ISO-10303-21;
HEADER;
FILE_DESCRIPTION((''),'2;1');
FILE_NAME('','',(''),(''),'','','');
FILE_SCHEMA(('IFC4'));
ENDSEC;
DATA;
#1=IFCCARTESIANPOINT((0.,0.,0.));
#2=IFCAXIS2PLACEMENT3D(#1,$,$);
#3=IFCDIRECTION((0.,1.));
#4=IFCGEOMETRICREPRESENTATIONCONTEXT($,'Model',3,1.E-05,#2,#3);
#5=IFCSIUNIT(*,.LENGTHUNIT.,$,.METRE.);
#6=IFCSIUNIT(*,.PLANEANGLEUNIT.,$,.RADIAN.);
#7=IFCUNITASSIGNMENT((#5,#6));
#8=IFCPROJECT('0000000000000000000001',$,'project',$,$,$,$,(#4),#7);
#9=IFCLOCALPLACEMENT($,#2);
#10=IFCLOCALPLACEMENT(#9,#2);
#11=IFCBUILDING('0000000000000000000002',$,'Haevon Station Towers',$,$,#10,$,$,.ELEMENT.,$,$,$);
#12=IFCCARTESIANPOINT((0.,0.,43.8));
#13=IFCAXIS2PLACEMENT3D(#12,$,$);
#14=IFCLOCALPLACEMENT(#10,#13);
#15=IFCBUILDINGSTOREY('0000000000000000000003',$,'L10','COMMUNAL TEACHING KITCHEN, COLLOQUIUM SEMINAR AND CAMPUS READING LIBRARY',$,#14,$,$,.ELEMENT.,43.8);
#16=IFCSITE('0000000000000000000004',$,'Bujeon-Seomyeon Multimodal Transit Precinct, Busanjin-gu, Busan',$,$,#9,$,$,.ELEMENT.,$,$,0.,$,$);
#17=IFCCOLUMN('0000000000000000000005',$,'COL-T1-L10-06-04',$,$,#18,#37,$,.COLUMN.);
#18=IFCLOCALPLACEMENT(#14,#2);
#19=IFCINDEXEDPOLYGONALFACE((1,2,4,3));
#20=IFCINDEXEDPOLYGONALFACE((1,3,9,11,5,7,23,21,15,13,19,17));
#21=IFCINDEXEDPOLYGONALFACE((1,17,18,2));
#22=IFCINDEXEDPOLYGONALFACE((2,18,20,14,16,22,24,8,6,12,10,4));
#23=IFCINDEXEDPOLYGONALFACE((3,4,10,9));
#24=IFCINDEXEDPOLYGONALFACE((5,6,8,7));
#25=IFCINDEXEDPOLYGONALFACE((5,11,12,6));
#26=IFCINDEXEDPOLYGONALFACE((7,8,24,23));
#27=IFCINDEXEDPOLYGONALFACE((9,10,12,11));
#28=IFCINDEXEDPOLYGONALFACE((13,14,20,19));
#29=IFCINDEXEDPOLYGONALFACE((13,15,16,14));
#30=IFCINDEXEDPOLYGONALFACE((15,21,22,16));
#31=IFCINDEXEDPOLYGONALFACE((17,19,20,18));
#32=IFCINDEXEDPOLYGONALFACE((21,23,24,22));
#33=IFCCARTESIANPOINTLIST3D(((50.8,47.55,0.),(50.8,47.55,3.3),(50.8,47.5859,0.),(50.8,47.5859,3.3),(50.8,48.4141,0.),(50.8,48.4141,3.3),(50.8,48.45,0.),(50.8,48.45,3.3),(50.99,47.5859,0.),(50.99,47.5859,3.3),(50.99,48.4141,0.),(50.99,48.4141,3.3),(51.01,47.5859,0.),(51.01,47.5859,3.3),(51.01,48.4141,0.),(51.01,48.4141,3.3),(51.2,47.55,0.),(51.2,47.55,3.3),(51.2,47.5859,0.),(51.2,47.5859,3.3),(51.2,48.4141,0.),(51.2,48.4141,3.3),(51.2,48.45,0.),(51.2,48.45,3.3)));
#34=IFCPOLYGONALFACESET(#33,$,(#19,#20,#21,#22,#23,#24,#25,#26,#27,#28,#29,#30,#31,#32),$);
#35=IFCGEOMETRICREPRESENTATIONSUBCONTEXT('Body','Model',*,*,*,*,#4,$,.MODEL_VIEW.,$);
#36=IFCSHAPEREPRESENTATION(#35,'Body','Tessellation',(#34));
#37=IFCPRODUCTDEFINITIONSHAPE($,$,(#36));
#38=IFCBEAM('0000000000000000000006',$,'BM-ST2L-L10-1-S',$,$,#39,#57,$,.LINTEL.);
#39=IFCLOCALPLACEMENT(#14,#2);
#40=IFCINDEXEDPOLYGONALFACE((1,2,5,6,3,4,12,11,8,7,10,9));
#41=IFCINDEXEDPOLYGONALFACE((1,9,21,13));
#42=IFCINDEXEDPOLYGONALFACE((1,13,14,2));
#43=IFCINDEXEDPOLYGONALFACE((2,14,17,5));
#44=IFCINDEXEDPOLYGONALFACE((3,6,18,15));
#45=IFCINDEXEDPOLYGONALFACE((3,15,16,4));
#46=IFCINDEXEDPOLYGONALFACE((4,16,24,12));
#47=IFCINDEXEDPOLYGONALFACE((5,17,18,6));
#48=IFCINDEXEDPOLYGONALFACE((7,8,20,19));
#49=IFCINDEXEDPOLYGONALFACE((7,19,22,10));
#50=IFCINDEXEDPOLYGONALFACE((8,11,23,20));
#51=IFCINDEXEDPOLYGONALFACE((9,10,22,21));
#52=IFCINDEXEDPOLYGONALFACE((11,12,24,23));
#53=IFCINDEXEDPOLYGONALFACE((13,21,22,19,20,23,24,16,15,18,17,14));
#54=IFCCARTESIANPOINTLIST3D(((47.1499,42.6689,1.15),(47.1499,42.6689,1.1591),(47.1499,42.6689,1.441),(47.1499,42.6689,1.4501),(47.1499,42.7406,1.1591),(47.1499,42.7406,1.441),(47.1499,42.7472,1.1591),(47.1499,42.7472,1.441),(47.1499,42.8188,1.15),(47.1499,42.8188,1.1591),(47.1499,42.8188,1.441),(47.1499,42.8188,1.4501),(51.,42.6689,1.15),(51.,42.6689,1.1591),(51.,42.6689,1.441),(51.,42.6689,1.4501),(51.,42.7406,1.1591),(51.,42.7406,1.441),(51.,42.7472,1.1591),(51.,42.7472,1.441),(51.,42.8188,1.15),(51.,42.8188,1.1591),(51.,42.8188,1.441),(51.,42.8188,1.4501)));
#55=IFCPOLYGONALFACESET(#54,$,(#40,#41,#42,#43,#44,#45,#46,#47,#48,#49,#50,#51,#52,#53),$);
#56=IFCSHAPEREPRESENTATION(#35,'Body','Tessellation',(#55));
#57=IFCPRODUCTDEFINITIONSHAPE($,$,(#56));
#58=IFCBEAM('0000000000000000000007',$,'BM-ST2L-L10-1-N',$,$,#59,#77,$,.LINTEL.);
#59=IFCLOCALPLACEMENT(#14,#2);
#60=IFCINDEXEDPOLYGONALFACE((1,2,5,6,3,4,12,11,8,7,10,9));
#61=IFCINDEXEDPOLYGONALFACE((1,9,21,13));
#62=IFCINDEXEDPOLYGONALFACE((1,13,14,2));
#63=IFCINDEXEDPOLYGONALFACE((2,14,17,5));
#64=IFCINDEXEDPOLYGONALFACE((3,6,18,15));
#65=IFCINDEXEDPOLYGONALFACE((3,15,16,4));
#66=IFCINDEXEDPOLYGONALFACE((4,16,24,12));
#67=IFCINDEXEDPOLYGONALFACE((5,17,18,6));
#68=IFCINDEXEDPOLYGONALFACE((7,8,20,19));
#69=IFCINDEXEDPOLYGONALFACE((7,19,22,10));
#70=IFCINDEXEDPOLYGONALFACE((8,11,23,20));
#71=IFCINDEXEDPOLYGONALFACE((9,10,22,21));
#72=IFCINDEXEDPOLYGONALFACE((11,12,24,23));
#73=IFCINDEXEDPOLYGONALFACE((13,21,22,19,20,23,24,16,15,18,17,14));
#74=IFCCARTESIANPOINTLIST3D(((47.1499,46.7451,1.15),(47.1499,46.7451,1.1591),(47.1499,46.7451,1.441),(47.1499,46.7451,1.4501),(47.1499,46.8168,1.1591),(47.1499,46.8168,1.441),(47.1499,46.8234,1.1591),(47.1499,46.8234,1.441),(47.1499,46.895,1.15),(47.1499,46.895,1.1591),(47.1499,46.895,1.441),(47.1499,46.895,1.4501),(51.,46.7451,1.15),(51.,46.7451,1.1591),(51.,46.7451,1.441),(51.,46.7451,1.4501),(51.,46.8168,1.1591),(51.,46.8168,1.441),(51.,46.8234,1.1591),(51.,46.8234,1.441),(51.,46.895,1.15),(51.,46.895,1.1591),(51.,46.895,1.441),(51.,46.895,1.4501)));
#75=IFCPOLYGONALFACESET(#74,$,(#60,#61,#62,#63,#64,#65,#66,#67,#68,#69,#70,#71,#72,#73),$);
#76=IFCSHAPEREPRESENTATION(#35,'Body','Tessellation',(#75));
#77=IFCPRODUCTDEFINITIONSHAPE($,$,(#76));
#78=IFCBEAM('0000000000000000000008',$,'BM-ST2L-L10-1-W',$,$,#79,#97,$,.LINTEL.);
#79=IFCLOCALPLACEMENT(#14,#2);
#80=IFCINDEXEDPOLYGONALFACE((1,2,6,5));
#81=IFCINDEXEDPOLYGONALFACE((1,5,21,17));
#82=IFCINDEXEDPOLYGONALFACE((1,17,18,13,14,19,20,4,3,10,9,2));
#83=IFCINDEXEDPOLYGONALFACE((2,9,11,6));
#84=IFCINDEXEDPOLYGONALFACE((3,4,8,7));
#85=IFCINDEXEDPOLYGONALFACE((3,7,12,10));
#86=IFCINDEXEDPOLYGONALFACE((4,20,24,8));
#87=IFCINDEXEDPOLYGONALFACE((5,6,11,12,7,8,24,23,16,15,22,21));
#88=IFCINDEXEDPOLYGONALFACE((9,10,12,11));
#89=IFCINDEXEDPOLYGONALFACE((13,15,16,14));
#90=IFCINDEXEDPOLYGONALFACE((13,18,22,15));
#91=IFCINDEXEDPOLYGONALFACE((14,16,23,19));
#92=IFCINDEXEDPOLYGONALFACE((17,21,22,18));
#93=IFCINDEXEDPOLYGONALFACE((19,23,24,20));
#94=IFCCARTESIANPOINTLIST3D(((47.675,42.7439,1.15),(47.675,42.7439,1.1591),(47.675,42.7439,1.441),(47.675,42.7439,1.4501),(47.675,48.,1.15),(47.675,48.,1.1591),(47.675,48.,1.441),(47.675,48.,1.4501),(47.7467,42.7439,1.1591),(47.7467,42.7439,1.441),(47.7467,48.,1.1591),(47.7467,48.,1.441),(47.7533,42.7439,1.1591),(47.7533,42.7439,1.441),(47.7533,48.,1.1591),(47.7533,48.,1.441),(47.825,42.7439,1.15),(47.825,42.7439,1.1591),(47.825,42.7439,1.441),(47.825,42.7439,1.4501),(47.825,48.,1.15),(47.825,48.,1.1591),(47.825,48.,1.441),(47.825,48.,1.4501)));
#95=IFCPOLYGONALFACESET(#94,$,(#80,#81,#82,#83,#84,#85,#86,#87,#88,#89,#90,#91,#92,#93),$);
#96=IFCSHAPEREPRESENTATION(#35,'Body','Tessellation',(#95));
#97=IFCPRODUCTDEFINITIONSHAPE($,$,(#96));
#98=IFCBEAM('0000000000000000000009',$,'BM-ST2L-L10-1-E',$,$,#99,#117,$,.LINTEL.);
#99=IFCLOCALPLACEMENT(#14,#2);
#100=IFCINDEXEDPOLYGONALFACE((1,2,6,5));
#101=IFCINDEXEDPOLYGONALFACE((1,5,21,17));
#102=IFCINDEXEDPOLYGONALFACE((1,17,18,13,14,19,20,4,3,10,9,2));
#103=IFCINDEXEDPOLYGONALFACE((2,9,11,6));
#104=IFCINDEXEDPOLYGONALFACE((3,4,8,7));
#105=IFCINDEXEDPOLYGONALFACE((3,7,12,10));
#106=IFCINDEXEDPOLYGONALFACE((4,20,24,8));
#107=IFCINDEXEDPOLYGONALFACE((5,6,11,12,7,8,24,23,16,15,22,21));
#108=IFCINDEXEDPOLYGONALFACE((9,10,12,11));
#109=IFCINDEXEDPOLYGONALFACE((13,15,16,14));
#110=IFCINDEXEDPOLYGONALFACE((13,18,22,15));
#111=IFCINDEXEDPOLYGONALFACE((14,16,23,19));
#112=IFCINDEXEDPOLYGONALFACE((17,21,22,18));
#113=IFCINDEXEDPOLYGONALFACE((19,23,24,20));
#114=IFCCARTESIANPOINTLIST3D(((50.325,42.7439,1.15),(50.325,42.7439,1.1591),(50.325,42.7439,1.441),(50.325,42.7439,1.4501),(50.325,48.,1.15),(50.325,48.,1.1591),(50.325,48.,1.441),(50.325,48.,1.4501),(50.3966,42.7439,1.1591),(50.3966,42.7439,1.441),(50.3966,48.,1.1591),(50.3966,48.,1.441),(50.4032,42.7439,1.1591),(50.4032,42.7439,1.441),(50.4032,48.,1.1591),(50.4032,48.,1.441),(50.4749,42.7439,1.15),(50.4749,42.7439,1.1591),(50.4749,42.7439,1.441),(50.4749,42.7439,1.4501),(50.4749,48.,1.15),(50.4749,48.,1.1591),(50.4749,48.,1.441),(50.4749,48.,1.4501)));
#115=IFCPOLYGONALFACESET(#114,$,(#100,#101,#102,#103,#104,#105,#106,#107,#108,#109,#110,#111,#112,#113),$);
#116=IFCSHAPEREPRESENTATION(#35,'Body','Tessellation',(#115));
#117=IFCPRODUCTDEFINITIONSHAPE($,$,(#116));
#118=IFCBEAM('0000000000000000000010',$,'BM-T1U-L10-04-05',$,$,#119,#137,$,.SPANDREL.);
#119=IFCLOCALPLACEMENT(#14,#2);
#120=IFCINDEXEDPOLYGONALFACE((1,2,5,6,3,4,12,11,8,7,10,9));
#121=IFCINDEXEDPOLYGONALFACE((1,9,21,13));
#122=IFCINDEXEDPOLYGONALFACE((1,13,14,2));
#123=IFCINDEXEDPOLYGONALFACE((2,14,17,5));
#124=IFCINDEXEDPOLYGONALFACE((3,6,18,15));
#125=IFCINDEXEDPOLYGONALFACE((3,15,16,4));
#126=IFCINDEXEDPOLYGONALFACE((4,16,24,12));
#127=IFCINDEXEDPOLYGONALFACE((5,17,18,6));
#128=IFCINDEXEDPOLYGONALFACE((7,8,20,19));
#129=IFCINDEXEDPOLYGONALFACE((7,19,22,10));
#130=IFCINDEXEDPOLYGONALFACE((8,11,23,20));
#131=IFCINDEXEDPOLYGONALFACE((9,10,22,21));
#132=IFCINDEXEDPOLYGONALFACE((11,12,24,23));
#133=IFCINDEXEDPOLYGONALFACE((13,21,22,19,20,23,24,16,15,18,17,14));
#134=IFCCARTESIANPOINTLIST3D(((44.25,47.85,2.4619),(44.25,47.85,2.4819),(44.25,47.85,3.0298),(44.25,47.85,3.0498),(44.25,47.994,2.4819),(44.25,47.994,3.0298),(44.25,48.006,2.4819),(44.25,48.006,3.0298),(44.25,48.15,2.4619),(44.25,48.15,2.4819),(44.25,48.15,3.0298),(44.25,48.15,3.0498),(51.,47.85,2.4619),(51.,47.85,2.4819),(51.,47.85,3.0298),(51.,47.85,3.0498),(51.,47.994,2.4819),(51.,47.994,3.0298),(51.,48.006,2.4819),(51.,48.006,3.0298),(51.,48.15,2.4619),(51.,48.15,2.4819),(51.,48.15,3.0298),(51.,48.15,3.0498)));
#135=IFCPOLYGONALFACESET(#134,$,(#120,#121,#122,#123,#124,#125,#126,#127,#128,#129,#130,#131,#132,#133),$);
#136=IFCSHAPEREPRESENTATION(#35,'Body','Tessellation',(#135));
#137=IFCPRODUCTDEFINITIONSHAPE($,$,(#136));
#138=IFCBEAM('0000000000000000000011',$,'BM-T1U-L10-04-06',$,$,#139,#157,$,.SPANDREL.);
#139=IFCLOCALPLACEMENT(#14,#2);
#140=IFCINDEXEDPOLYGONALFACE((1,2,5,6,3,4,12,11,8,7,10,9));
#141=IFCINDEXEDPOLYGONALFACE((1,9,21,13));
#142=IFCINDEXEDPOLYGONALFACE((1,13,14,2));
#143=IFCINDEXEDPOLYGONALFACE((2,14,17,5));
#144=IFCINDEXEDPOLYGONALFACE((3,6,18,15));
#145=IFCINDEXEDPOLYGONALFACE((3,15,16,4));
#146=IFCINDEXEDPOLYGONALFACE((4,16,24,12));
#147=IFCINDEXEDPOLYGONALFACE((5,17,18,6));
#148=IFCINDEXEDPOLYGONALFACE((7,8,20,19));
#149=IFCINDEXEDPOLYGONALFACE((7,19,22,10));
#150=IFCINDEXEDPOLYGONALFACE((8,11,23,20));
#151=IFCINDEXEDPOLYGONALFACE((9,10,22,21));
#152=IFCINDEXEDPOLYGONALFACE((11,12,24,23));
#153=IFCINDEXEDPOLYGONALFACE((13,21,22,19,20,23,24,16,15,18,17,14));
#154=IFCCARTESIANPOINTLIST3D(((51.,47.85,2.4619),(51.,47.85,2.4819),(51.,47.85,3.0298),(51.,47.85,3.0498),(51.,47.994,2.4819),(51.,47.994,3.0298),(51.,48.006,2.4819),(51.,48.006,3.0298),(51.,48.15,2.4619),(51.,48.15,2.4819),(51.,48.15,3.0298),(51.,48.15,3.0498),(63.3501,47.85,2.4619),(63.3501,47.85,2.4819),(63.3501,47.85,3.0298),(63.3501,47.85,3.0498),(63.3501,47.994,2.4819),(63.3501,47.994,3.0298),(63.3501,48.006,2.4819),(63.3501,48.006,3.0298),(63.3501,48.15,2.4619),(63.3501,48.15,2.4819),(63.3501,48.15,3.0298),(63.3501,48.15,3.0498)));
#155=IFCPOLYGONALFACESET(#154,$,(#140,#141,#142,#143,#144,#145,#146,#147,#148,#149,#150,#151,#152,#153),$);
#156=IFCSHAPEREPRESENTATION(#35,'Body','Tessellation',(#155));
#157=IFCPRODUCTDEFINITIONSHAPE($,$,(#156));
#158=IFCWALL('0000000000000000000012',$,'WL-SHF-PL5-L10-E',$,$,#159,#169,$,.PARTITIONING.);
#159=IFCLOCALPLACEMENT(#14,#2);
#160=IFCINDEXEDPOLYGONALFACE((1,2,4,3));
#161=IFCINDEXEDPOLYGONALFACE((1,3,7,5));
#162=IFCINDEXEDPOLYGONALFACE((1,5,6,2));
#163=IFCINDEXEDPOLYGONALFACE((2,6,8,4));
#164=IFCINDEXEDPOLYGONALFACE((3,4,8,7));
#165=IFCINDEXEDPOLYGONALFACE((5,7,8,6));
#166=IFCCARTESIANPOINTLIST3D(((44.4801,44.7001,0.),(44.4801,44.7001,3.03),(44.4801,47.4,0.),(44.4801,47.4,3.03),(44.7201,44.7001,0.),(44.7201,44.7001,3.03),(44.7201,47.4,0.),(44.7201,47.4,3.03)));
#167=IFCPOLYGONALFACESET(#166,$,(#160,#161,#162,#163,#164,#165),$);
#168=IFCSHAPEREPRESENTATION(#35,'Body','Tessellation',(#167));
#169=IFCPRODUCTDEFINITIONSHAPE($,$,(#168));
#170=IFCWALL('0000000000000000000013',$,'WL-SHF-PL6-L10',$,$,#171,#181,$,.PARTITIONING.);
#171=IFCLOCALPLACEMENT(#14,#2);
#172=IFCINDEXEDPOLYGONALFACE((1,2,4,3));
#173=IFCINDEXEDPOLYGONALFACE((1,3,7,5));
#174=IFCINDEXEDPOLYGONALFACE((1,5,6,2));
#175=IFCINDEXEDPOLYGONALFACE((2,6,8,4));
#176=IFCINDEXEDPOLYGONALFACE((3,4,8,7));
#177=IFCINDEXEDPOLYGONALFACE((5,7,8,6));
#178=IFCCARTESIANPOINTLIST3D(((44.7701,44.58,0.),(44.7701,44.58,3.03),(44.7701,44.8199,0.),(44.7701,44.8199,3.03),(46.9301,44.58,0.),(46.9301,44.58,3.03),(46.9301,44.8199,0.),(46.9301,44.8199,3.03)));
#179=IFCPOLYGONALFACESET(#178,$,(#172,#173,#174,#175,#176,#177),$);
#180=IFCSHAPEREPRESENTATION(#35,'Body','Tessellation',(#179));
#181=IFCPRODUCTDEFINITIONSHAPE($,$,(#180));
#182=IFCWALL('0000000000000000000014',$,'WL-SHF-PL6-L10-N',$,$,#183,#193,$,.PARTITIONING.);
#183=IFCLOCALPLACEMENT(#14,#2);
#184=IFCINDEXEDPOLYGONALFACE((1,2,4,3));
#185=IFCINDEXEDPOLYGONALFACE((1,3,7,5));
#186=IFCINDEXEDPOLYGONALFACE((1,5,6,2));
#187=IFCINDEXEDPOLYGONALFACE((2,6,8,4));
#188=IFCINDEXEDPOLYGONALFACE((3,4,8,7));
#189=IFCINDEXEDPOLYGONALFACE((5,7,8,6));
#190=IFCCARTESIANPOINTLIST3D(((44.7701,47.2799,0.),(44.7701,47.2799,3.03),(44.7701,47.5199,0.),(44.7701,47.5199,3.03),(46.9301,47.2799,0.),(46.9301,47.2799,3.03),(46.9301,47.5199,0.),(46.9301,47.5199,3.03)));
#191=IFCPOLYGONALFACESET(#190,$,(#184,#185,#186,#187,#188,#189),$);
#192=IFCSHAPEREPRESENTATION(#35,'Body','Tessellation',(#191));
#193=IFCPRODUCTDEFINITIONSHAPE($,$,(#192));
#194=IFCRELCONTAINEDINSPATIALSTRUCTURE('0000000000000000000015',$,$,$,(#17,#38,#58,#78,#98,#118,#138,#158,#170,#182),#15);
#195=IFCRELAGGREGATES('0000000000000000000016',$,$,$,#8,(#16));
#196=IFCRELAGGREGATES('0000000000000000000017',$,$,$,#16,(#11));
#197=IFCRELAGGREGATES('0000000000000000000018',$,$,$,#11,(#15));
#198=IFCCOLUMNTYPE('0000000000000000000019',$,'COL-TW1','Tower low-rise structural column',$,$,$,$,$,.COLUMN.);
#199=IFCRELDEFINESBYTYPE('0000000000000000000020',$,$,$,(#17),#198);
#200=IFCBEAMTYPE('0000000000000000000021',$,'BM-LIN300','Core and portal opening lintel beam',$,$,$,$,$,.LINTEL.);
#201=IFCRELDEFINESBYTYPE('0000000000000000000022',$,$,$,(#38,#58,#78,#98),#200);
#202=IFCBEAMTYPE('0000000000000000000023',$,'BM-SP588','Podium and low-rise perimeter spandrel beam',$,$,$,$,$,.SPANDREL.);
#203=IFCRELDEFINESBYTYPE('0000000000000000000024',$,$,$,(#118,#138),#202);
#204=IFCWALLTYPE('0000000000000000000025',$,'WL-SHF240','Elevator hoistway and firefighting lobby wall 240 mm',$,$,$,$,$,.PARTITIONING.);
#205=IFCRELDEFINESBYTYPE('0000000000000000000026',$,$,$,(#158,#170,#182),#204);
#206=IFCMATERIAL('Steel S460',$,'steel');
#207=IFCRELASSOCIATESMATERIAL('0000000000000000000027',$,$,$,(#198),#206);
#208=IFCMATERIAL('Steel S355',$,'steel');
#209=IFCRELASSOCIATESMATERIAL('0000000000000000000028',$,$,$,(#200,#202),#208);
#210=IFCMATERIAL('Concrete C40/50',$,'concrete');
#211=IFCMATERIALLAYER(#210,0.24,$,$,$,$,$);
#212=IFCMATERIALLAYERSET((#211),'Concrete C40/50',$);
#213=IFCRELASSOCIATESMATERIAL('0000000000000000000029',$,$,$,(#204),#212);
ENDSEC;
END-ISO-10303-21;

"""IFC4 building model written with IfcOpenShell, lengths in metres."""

from ifc_helpers import new_model, si_unit, direction, frame, frame_2d, origin, origin_2d, place, context, subcontext, project, spatial, rectangle, i_section, extrude, material, layer, layer_set, material_profile, profile_set, type_object, element, save


model = new_model("IFC4")

# Units and contexts
model_context = context("Model", 3, precision=1e-05, world=origin(), true_north=direction((0.0, 1.0)))
body_context = subcontext(model_context, "Body", "Model", "MODEL_VIEW")
ifc_project = project(units=[si_unit("LENGTHUNIT", "METRE"), si_unit("PLANEANGLEUNIT", "RADIAN")], contexts=[model_context])

# Site, building, storey
site_placement = place(None, origin())
site = spatial("IfcSite", under=ifc_project, at=site_placement, Name="Bujeon-Seomyeon Multimodal Transit Precinct, Busanjin-gu, Busan", CompositionType="ELEMENT", RefElevation=0.0)
building_placement = place(site_placement, origin())
building = spatial("IfcBuilding", under=site, at=building_placement, Name="Haevon Station Towers", CompositionType="ELEMENT")
storey_placement = place(building_placement, frame((0.0, 0.0, 43.8)))
storey = spatial("IfcBuildingStorey", under=building, at=storey_placement, Name="L10", Description="COMMUNAL TEACHING KITCHEN, COLLOQUIUM SEMINAR AND CAMPUS READING LIBRARY", CompositionType="ELEMENT", Elevation=43.8)

# Column
ifc_material_1 = material(Name="Steel S460", Category="steel")
ifc_material_profile_1 = material_profile(ifc_material_1, i_section(OverallWidth=0.3999, OverallDepth=0.8999, WebThickness=0.02, FlangeThickness=0.0359, at=origin_2d()), Name="H-900x400x20x36")
ifc_profile_set_1 = profile_set([ifc_material_profile_1], Name="Steel S460")
column_type = type_object("IfcColumnType", Name="COL-TW1", Description="Tower low-rise structural column", PredefinedType="COLUMN", material=ifc_profile_set_1)
column_placement = place(storey_placement, frame((51.0, 48.0, 0.0), z_axis=(0.0, 0.0, 1.0), x_axis=(1.0, 0.0, 0.0)))
element("IfcColumn", 1, at=column_placement, inside=storey, type_object=column_type, Name="COL-T1-L10-06-04", PredefinedType="COLUMN", context=body_context, shape_type="SweptSolid", body=[
    extrude(i_section(OverallWidth=0.3999, OverallDepth=0.8999, WebThickness=0.02, FlangeThickness=0.0359, at=origin_2d()), origin(), (0.0, 0.0, 1.0), 3.3),
])

# Beams
ifc_material_2 = material(Name="Steel S355", Category="steel")
ifc_material_profile_2 = material_profile(ifc_material_2, i_section(OverallWidth=0.1499, OverallDepth=0.3, WebThickness=0.0066, FlangeThickness=0.009, at=origin_2d()), Name="H-300x150x6.5x9")
ifc_profile_set_2 = profile_set([ifc_material_profile_2], Name="Steel S355")
beam_type_1 = type_object("IfcBeamType", Name="BM-LIN300", Description="Core and portal opening lintel beam", PredefinedType="LINTEL", material=ifc_profile_set_2)
for number, where, z_axis, x_axis, name in (
    (2, (47.1499, 42.7439, 1.3), (1.0, 0.0, 0.0), (0.0, 1.0, 0.0), "BM-ST2L-L10-1-S"),
    (3, (47.1499, 46.8201, 1.3), (1.0, 0.0, 0.0), (0.0, 1.0, 0.0), "BM-ST2L-L10-1-N"),
):
    element("IfcBeam", number, at=place(storey_placement, frame(where, z_axis=z_axis, x_axis=x_axis)), inside=storey, type_object=beam_type_1, Name=name, PredefinedType="LINTEL", context=body_context, shape_type="SweptSolid", body=[
        extrude(i_section(OverallWidth=0.1499, OverallDepth=0.3, WebThickness=0.0066, FlangeThickness=0.009, at=origin_2d()), origin(), (0.0, 0.0, 1.0), 3.8501),
    ])
for number, where, z_axis, x_axis, name in (
    (4, (47.75, 42.7439, 1.3), (0.0, 1.0, 0.0), (-1.0, 0.0, 0.0), "BM-ST2L-L10-1-W"),
    (5, (50.3999, 42.7439, 1.3), (0.0, 1.0, 0.0), (-1.0, 0.0, 0.0), "BM-ST2L-L10-1-E"),
):
    element("IfcBeam", number, at=place(storey_placement, frame(where, z_axis=z_axis, x_axis=x_axis)), inside=storey, type_object=beam_type_1, Name=name, PredefinedType="LINTEL", context=body_context, shape_type="SweptSolid", body=[
        extrude(i_section(OverallWidth=0.1499, OverallDepth=0.3, WebThickness=0.0066, FlangeThickness=0.009, at=origin_2d()), origin(), (0.0, 0.0, 1.0), 5.2561),
    ])
ifc_material_profile_3 = material_profile(ifc_material_2, i_section(OverallWidth=0.3, OverallDepth=0.5879, WebThickness=0.012, FlangeThickness=0.02, at=origin_2d()), Name="H-588x300x12x20")
ifc_profile_set_3 = profile_set([ifc_material_profile_3], Name="Steel S355")
beam_type_2 = type_object("IfcBeamType", Name="BM-SP588", Description="Podium and low-rise perimeter spandrel beam", PredefinedType="SPANDREL", material=ifc_profile_set_3)
beam_1_placement = place(storey_placement, frame((44.25, 48.0, 2.7559), z_axis=(1.0, 0.0, 0.0), x_axis=(0.0, 1.0, 0.0)))
element("IfcBeam", 6, at=beam_1_placement, inside=storey, type_object=beam_type_2, Name="BM-T1U-L10-04-05", PredefinedType="SPANDREL", context=body_context, shape_type="SweptSolid", body=[
    extrude(i_section(OverallWidth=0.3, OverallDepth=0.5879, WebThickness=0.012, FlangeThickness=0.02, at=origin_2d()), origin(), (0.0, 0.0, 1.0), 6.75),
])
beam_2_placement = place(storey_placement, frame((51.0, 48.0, 2.7559), z_axis=(1.0, 0.0, 0.0), x_axis=(0.0, 1.0, 0.0)))
element("IfcBeam", 7, at=beam_2_placement, inside=storey, type_object=beam_type_2, Name="BM-T1U-L10-04-06", PredefinedType="SPANDREL", context=body_context, shape_type="SweptSolid", body=[
    extrude(i_section(OverallWidth=0.3, OverallDepth=0.5879, WebThickness=0.012, FlangeThickness=0.02, at=origin_2d()), origin(), (0.0, 0.0, 1.0), 12.3501),
])

# Walls
ifc_material_3 = material(Name="Concrete C40/50", Category="concrete")
ifc_layer = layer(ifc_material_3, 0.24)
ifc_layer_set = layer_set([ifc_layer], Name="Concrete C40/50")
wall_type = type_object("IfcWallType", Name="WL-SHF240", Description="Elevator hoistway and firefighting lobby wall 240 mm", PredefinedType="PARTITIONING", material=ifc_layer_set)
wall_placement = place(storey_placement, frame((44.6001, 44.7, 0.0), z_axis=(0.0, 0.0, 1.0), x_axis=(0.0, 1.0, 0.0)))
element("IfcWall", 8, at=wall_placement, inside=storey, type_object=wall_type, Name="WL-SHF-PL5-L10-E", PredefinedType="PARTITIONING", context=body_context, shape_type="SweptSolid", body=[
    extrude(rectangle(XDim=2.7, YDim=0.24, at=frame_2d((1.3501, 0.0))), origin(), (0.0, 0.0, 1.0), 3.03),
])
for number, where, z_axis, x_axis, name in (
    (9, (44.77, 44.7, 0.0), (0.0, 0.0, 1.0), (1.0, 0.0, 0.0), "WL-SHF-PL6-L10"),
    (10, (44.77, 47.3999, 0.0), (0.0, 0.0, 1.0), (1.0, 0.0, 0.0), "WL-SHF-PL6-L10-N"),
):
    element("IfcWall", number, at=place(storey_placement, frame(where, z_axis=z_axis, x_axis=x_axis)), inside=storey, type_object=wall_type, Name=name, PredefinedType="PARTITIONING", context=body_context, shape_type="SweptSolid", body=[
        extrude(rectangle(XDim=2.1599, YDim=0.24, at=frame_2d((1.0801, 0.0))), origin(), (0.0, 0.0, 1.0), 3.03),
    ])

save(model, "model.ifc")
